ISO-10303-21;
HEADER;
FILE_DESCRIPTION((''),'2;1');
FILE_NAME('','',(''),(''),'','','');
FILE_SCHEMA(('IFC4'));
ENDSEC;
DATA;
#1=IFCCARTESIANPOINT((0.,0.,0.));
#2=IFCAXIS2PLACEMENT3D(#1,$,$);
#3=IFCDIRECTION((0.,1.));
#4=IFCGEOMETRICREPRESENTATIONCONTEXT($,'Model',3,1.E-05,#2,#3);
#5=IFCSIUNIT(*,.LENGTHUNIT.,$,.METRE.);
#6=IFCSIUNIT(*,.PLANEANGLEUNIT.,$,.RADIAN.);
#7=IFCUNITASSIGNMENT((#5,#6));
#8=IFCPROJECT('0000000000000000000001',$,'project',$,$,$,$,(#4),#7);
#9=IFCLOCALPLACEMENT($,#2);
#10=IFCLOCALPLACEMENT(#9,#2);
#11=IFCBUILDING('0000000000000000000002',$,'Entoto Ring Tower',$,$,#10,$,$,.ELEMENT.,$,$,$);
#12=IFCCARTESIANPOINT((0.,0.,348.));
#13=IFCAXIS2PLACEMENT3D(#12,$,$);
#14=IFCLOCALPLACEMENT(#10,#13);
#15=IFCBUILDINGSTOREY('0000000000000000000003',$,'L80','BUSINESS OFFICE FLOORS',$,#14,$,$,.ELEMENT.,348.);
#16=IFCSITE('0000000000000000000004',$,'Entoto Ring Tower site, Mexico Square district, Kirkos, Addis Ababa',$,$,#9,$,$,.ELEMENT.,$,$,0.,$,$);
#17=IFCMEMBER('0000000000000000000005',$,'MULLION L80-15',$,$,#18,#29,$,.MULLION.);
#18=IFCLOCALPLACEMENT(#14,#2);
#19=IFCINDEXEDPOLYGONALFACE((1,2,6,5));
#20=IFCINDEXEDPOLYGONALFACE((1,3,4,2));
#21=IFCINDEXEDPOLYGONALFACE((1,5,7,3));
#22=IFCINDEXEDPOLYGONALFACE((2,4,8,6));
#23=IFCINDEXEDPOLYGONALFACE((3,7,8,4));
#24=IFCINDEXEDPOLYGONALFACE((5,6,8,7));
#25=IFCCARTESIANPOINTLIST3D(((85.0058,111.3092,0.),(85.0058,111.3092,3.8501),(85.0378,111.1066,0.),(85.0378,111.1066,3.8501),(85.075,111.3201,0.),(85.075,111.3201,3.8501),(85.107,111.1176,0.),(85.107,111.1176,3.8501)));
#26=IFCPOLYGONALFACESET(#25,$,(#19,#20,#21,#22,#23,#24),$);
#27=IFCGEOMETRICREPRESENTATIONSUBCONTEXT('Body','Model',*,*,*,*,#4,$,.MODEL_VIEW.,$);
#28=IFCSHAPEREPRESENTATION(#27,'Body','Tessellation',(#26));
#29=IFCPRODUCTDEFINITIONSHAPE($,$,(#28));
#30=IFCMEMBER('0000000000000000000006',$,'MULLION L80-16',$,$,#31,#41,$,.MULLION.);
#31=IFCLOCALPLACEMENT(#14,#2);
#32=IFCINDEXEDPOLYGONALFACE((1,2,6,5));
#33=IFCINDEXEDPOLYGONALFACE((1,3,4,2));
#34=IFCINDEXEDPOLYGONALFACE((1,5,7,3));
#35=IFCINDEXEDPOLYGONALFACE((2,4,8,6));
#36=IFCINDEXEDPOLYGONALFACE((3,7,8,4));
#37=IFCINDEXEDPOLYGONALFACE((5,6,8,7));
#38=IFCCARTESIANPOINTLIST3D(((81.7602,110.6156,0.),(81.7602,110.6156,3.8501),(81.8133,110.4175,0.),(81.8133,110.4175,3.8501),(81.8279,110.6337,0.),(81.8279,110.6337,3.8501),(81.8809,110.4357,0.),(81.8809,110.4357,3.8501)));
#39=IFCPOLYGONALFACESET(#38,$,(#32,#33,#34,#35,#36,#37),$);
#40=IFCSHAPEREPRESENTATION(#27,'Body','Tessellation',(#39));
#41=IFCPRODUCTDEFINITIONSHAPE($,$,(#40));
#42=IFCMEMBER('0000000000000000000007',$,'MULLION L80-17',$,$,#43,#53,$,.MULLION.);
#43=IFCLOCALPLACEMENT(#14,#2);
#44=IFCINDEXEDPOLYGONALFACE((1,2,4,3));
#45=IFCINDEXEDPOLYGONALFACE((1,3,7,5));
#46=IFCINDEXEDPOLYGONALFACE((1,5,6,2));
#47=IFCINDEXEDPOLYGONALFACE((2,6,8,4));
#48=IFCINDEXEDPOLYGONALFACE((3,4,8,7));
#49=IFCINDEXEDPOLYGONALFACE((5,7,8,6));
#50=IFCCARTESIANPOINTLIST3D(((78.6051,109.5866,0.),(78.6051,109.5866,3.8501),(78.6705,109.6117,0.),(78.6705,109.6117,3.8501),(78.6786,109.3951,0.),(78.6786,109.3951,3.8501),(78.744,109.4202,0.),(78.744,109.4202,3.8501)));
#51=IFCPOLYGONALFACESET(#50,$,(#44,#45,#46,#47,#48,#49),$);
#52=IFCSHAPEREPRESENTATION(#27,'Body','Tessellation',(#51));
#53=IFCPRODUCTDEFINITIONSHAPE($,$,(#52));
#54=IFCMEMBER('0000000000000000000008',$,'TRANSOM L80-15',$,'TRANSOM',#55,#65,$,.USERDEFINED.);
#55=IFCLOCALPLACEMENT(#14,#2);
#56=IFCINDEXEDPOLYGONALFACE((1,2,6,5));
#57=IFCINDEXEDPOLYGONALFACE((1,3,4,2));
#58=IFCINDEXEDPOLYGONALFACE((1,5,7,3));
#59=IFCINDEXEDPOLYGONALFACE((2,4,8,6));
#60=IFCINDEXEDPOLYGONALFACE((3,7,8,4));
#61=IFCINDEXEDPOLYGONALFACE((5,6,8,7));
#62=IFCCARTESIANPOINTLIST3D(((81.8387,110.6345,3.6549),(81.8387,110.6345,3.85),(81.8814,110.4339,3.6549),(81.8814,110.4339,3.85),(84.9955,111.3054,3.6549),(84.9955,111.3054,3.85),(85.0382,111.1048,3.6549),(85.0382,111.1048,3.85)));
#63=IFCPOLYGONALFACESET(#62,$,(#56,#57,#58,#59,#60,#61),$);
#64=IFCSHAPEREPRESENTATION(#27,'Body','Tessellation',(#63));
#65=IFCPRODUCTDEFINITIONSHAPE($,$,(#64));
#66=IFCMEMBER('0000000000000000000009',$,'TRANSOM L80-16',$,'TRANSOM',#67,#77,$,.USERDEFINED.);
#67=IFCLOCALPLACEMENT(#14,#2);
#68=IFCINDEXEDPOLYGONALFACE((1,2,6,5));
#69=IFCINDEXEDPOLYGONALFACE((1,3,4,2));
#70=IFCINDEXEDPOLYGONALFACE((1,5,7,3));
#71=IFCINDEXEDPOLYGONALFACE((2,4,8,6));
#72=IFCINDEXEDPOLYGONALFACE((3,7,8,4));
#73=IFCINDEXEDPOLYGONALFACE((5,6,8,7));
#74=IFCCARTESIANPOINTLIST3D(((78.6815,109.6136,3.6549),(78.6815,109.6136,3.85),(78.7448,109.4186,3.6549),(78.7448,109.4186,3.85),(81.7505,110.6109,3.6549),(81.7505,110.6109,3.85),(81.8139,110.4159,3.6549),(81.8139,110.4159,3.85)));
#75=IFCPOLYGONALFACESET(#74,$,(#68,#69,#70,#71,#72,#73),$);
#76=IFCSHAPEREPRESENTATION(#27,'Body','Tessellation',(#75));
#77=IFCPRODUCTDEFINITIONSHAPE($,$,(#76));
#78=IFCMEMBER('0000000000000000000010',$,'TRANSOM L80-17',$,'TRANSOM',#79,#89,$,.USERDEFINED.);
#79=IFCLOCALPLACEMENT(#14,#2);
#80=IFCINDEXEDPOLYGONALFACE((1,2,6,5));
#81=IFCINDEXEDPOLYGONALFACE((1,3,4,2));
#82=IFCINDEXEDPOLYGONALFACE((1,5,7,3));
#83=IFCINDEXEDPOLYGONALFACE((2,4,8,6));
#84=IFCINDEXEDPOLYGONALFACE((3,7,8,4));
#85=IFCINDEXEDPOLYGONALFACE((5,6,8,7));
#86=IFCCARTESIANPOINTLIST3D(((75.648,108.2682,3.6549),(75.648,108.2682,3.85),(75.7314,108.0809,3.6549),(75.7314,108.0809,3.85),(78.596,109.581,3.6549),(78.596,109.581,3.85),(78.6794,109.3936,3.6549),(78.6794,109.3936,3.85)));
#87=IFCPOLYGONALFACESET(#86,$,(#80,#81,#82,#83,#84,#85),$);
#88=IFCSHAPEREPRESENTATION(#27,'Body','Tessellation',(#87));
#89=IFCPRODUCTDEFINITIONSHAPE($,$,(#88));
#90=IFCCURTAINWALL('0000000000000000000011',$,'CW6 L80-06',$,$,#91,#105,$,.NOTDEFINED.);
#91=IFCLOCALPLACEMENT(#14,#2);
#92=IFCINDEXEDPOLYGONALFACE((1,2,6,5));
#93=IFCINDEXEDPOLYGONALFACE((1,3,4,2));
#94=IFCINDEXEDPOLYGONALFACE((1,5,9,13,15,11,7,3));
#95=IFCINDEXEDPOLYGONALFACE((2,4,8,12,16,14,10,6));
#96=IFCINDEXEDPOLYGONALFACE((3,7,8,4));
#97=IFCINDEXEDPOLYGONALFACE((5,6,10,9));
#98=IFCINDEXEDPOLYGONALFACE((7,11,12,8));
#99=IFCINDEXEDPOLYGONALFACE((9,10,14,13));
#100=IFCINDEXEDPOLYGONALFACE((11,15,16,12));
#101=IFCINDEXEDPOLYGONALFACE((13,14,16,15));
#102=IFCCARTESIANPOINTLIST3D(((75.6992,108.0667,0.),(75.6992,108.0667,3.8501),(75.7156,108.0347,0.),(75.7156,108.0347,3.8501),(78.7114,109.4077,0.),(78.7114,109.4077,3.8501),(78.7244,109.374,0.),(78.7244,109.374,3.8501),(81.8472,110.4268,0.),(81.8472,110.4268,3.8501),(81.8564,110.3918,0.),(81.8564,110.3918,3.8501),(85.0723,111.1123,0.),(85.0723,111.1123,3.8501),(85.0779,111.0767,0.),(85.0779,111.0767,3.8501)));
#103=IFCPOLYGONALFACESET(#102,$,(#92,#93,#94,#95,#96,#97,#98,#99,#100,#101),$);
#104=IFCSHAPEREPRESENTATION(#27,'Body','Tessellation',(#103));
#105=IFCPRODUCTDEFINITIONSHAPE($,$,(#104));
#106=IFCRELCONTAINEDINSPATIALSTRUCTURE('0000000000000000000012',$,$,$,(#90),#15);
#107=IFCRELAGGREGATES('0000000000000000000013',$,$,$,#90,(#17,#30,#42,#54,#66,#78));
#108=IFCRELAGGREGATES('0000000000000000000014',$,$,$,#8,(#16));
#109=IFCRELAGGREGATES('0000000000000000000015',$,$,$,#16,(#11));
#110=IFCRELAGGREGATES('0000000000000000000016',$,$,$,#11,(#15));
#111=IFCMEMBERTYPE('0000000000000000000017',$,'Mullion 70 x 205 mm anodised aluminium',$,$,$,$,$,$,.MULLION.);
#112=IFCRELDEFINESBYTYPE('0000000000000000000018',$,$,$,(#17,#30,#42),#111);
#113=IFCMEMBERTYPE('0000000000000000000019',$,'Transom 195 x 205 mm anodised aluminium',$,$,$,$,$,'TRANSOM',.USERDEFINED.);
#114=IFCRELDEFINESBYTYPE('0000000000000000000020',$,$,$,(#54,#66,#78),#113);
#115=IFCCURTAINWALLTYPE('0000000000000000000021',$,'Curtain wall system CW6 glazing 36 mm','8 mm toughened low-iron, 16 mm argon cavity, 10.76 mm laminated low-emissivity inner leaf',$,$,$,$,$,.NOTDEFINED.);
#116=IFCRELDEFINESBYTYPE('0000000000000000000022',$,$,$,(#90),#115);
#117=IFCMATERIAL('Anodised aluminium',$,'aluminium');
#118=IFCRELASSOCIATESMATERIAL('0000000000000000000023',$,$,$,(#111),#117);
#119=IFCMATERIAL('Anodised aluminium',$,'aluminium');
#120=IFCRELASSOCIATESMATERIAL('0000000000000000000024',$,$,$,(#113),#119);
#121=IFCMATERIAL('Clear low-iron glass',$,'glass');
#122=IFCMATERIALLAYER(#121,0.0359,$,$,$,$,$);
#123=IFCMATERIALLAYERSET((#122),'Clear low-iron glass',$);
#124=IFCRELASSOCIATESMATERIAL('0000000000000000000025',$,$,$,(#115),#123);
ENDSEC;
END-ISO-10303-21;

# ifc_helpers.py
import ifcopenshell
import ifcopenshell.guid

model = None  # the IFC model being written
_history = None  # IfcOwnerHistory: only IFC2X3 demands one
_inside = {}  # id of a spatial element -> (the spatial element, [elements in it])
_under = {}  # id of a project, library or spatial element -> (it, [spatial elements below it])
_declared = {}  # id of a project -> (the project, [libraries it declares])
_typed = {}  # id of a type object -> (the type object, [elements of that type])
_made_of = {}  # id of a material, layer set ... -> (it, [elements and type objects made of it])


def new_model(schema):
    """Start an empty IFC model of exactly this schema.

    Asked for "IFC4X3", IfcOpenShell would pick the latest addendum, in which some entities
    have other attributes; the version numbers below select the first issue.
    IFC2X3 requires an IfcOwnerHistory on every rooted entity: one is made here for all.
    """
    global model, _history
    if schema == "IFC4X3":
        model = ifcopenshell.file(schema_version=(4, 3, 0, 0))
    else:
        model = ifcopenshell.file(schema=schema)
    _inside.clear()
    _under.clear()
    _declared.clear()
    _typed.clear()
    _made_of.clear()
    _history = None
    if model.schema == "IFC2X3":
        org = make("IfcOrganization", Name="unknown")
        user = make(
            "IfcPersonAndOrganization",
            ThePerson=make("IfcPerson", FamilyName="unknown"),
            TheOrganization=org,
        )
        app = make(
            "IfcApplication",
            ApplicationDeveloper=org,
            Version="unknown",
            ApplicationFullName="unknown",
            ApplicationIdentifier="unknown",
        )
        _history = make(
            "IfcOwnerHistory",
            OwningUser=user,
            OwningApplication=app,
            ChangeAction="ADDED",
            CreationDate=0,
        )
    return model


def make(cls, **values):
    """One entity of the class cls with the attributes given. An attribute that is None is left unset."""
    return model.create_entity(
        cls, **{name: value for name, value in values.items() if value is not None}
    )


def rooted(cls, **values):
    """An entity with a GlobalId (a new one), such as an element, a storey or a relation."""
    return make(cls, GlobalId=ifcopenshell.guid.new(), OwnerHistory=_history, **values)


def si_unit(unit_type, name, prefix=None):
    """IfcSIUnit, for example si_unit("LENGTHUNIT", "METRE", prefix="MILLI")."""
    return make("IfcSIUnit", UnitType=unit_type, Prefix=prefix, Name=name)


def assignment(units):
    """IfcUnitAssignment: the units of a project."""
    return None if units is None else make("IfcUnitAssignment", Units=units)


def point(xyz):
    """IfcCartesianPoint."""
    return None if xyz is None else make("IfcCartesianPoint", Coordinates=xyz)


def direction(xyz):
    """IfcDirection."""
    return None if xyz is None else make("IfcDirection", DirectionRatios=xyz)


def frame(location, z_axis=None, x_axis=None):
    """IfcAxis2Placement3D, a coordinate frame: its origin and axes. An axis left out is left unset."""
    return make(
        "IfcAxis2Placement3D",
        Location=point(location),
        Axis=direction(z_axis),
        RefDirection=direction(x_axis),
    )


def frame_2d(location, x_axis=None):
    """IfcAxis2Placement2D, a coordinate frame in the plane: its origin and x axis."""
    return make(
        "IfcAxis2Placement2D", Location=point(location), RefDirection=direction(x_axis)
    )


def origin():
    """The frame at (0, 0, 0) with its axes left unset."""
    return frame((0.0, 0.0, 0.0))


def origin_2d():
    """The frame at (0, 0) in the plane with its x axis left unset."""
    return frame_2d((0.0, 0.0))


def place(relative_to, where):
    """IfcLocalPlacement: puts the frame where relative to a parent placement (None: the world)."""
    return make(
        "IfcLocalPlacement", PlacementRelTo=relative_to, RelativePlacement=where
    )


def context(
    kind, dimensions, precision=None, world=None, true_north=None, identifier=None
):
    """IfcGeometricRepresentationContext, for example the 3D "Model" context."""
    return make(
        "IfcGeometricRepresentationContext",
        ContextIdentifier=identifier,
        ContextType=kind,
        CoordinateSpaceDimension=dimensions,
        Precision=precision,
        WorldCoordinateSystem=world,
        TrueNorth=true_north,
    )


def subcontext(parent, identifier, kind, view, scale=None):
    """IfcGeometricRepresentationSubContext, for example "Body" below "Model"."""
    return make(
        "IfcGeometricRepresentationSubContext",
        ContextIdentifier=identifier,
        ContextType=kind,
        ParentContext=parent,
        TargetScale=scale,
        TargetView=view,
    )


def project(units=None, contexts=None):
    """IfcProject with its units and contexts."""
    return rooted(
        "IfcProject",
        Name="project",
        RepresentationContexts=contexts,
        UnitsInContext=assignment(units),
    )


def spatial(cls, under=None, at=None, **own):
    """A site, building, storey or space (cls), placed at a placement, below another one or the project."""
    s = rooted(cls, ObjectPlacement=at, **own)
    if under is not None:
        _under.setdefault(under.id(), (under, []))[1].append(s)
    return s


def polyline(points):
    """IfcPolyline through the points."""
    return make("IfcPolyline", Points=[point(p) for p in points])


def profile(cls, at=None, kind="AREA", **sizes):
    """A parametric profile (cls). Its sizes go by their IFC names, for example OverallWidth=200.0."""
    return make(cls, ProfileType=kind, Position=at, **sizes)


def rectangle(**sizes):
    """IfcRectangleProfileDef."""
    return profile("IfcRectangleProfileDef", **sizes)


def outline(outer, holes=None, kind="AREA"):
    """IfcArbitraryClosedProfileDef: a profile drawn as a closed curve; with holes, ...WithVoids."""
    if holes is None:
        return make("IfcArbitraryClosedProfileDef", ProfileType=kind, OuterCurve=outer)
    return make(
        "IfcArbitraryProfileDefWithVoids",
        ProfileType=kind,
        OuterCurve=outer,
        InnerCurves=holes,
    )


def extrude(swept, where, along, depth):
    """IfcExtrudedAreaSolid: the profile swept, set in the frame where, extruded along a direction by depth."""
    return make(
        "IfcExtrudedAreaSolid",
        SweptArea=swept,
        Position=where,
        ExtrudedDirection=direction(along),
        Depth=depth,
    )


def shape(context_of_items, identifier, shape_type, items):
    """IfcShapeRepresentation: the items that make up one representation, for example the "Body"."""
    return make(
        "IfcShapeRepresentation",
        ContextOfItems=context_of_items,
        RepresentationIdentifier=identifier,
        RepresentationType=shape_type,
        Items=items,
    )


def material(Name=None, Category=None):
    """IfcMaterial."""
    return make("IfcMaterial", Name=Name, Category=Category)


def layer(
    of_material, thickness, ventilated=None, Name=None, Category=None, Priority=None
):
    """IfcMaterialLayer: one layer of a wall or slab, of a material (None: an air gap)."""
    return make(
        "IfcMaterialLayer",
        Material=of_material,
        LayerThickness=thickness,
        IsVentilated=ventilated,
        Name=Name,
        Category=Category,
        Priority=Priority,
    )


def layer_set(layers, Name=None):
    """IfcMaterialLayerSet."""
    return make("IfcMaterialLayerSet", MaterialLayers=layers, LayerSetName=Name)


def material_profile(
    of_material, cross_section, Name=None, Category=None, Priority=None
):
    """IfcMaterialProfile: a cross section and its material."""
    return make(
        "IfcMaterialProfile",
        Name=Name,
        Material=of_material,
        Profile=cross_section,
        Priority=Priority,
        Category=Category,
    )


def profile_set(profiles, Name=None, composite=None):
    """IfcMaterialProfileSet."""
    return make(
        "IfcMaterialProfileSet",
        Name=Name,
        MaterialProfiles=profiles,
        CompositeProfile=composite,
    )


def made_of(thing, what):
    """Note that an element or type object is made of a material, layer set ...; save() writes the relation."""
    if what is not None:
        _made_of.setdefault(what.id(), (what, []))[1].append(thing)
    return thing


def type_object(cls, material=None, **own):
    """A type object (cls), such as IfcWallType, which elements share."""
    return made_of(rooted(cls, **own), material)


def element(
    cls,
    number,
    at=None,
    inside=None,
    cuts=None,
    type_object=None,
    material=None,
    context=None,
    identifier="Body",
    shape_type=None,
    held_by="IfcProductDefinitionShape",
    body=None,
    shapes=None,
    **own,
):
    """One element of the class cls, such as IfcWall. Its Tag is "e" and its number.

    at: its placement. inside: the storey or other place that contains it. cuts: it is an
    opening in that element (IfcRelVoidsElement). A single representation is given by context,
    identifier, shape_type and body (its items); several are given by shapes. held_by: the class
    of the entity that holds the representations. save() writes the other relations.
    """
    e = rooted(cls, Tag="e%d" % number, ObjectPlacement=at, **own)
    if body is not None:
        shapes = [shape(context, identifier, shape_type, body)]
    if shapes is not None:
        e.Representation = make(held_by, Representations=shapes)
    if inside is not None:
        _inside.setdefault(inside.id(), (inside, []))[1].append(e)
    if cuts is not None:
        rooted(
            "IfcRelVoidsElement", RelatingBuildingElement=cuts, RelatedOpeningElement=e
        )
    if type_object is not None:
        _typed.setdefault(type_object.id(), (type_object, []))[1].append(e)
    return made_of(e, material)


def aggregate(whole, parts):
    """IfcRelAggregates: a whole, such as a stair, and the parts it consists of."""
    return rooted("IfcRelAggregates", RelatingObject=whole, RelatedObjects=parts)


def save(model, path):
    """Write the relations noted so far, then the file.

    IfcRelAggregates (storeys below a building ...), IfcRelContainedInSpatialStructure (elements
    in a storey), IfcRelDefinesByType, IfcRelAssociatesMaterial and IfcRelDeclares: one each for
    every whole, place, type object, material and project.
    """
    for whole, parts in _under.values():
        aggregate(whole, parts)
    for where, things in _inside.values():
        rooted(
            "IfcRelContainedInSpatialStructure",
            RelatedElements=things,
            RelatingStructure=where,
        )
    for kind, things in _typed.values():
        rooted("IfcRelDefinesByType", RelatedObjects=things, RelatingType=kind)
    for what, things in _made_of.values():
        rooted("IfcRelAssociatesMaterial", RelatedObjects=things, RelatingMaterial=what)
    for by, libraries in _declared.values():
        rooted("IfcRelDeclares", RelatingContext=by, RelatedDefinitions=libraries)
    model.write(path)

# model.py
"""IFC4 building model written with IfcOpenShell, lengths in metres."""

from ifc_helpers import new_model, si_unit, direction, frame, origin, origin_2d, place, context, subcontext, project, spatial, polyline, rectangle, outline, extrude, material, layer, layer_set, material_profile, profile_set, type_object, element, aggregate, save


model = new_model("IFC4")

# Units and contexts
model_context = context("Model", 3, precision=1e-05, world=origin(), true_north=direction((0.0, 1.0)))
body_context = subcontext(model_context, "Body", "Model", "MODEL_VIEW")
ifc_project = project(units=[si_unit("LENGTHUNIT", "METRE"), si_unit("PLANEANGLEUNIT", "RADIAN")], contexts=[model_context])

# Members
ifc_material_1 = material(Name="Anodised aluminium", Category="aluminium")
ifc_material_profile_1 = material_profile(ifc_material_1, rectangle(XDim=0.0701, YDim=0.2051, at=origin_2d()), Name="Mullion 70 x 205 mm anodised aluminium")
ifc_profile_set_1 = profile_set([ifc_material_profile_1], Name="Anodised aluminium")
member_type_1 = type_object("IfcMemberType", Name="Mullion 70 x 205 mm anodised aluminium", PredefinedType="MULLION", material=ifc_profile_set_1)
site_placement = place(None, origin())
building_placement = place(site_placement, origin())
storey_placement = place(building_placement, frame((0.0, 0.0, 348.0)))
member_1_placement = place(storey_placement, frame((85.0564, 111.2134, 0.0), z_axis=(0.0, 0.0, 1.0), x_axis=(-0.987688, -0.156434, 0.0)))
member_1 = element("IfcMember", 1, at=member_1_placement, type_object=member_type_1, Name="MULLION L80-15", PredefinedType="MULLION", context=body_context, shape_type="SweptSolid", body=[
    extrude(rectangle(XDim=0.0701, YDim=0.2051, at=origin_2d()), origin(), (0.0, 0.0, 1.0), 3.8501),
])
member_2_placement = place(storey_placement, frame((81.8206, 110.5256, 0.0), z_axis=(0.0, 0.0, 1.0), x_axis=(-0.965926, -0.258819, 0.0)))
member_2 = element("IfcMember", 2, at=member_2_placement, type_object=member_type_1, Name="MULLION L80-16", PredefinedType="MULLION", context=body_context, shape_type="SweptSolid", body=[
    extrude(rectangle(XDim=0.0701, YDim=0.2051, at=origin_2d()), origin(), (0.0, 0.0, 1.0), 3.8501),
])
member_3_placement = place(storey_placement, frame((78.6746, 109.5034, 0.0), z_axis=(0.0, 0.0, 1.0), x_axis=(-0.93358, -0.358368, 0.0)))
member_3 = element("IfcMember", 3, at=member_3_placement, type_object=member_type_1, Name="MULLION L80-17", PredefinedType="MULLION", context=body_context, shape_type="SweptSolid", body=[
    extrude(rectangle(XDim=0.0701, YDim=0.2051, at=origin_2d()), origin(), (0.0, 0.0, 1.0), 3.8501),
])
ifc_material_2 = material(Name="Anodised aluminium", Category="aluminium")
ifc_material_profile_2 = material_profile(ifc_material_2, rectangle(XDim=0.2051, YDim=0.1951, at=origin_2d()), Name="Transom 195 x 205 mm anodised aluminium")
ifc_profile_set_2 = profile_set([ifc_material_profile_2], Name="Anodised aluminium")
member_type_2 = type_object("IfcMemberType", Name="Transom 195 x 205 mm anodised aluminium", ElementType="TRANSOM", PredefinedType="USERDEFINED", material=ifc_profile_set_2)
member_4_placement = place(storey_placement, frame((85.0168, 111.2051, 3.7524), z_axis=(-0.978153, -0.207886, 0.0), x_axis=(0.207886, -0.978153, 0.0)))
member_4 = element("IfcMember", 4, at=member_4_placement, type_object=member_type_2, Name="TRANSOM L80-15", ObjectType="TRANSOM", PredefinedType="USERDEFINED", context=body_context, shape_type="SweptSolid", body=[
    extrude(rectangle(XDim=0.2051, YDim=0.1951, at=origin_2d()), origin(), (0.0, 0.0, 1.0), 3.2273),
])
member_5_placement = place(storey_placement, frame((81.7822, 110.5134, 3.7524), z_axis=(-0.951047, -0.309047, 0.0), x_axis=(0.309047, -0.951047, 0.0)))
member_5 = element("IfcMember", 5, at=member_5_placement, type_object=member_type_2, Name="TRANSOM L80-16", ObjectType="TRANSOM", PredefinedType="USERDEFINED", context=body_context, shape_type="SweptSolid", body=[
    extrude(rectangle(XDim=0.2051, YDim=0.1951, at=origin_2d()), origin(), (0.0, 0.0, 1.0), 3.2271),
])
member_6_placement = place(storey_placement, frame((78.6377, 109.4873, 3.7524), z_axis=(-0.913521, -0.406791, 0.0), x_axis=(0.406791, -0.913521, 0.0)))
member_6 = element("IfcMember", 6, at=member_6_placement, type_object=member_type_2, Name="TRANSOM L80-17", ObjectType="TRANSOM", PredefinedType="USERDEFINED", context=body_context, shape_type="SweptSolid", body=[
    extrude(rectangle(XDim=0.2051, YDim=0.1951, at=origin_2d()), origin(), (0.0, 0.0, 1.0), 3.2271),
])

# Site, building, storey
site = spatial("IfcSite", under=ifc_project, at=site_placement, Name="Entoto Ring Tower site, Mexico Square district, Kirkos, Addis Ababa", CompositionType="ELEMENT", RefElevation=0.0)
building = spatial("IfcBuilding", under=site, at=building_placement, Name="Entoto Ring Tower", CompositionType="ELEMENT")
storey = spatial("IfcBuildingStorey", under=building, at=storey_placement, Name="L80", Description="BUSINESS OFFICE FLOORS", CompositionType="ELEMENT", Elevation=348.0)

# Curtain wall
ifc_material_3 = material(Name="Clear low-iron glass", Category="glass")
ifc_layer = layer(ifc_material_3, 0.0359)
ifc_layer_set = layer_set([ifc_layer], Name="Clear low-iron glass")
curtain_wall_type = type_object("IfcCurtainWallType", Name="Curtain wall system CW6 glazing 36 mm", Description="8 mm toughened low-iron, 16 mm argon cavity, 10.76 mm laminated low-emissivity inner leaf", PredefinedType="NOTDEFINED", material=ifc_layer_set)
curtain_wall_1_placement = place(storey_placement, origin())
curtain_wall_1 = element("IfcCurtainWall", 7, at=curtain_wall_1_placement, inside=storey, type_object=curtain_wall_type, Name="CW6 L80-06", PredefinedType="NOTDEFINED", context=body_context, shape_type="SweptSolid", body=[
    extrude(outline(polyline([(85.0723, 111.1123), (81.8472, 110.4268), (78.7114, 109.4077), (75.6992, 108.0667), (75.7156, 108.0347), (78.7244, 109.374), (81.8564, 110.3918), (85.0779, 111.0767), (85.0723, 111.1123)])), origin(), (0.0, 0.0, 1.0), 3.8501),
])
aggregate(curtain_wall_1, [member_1, member_2, member_3, member_4, member_5, member_6])

save(model, "model.ifc")
